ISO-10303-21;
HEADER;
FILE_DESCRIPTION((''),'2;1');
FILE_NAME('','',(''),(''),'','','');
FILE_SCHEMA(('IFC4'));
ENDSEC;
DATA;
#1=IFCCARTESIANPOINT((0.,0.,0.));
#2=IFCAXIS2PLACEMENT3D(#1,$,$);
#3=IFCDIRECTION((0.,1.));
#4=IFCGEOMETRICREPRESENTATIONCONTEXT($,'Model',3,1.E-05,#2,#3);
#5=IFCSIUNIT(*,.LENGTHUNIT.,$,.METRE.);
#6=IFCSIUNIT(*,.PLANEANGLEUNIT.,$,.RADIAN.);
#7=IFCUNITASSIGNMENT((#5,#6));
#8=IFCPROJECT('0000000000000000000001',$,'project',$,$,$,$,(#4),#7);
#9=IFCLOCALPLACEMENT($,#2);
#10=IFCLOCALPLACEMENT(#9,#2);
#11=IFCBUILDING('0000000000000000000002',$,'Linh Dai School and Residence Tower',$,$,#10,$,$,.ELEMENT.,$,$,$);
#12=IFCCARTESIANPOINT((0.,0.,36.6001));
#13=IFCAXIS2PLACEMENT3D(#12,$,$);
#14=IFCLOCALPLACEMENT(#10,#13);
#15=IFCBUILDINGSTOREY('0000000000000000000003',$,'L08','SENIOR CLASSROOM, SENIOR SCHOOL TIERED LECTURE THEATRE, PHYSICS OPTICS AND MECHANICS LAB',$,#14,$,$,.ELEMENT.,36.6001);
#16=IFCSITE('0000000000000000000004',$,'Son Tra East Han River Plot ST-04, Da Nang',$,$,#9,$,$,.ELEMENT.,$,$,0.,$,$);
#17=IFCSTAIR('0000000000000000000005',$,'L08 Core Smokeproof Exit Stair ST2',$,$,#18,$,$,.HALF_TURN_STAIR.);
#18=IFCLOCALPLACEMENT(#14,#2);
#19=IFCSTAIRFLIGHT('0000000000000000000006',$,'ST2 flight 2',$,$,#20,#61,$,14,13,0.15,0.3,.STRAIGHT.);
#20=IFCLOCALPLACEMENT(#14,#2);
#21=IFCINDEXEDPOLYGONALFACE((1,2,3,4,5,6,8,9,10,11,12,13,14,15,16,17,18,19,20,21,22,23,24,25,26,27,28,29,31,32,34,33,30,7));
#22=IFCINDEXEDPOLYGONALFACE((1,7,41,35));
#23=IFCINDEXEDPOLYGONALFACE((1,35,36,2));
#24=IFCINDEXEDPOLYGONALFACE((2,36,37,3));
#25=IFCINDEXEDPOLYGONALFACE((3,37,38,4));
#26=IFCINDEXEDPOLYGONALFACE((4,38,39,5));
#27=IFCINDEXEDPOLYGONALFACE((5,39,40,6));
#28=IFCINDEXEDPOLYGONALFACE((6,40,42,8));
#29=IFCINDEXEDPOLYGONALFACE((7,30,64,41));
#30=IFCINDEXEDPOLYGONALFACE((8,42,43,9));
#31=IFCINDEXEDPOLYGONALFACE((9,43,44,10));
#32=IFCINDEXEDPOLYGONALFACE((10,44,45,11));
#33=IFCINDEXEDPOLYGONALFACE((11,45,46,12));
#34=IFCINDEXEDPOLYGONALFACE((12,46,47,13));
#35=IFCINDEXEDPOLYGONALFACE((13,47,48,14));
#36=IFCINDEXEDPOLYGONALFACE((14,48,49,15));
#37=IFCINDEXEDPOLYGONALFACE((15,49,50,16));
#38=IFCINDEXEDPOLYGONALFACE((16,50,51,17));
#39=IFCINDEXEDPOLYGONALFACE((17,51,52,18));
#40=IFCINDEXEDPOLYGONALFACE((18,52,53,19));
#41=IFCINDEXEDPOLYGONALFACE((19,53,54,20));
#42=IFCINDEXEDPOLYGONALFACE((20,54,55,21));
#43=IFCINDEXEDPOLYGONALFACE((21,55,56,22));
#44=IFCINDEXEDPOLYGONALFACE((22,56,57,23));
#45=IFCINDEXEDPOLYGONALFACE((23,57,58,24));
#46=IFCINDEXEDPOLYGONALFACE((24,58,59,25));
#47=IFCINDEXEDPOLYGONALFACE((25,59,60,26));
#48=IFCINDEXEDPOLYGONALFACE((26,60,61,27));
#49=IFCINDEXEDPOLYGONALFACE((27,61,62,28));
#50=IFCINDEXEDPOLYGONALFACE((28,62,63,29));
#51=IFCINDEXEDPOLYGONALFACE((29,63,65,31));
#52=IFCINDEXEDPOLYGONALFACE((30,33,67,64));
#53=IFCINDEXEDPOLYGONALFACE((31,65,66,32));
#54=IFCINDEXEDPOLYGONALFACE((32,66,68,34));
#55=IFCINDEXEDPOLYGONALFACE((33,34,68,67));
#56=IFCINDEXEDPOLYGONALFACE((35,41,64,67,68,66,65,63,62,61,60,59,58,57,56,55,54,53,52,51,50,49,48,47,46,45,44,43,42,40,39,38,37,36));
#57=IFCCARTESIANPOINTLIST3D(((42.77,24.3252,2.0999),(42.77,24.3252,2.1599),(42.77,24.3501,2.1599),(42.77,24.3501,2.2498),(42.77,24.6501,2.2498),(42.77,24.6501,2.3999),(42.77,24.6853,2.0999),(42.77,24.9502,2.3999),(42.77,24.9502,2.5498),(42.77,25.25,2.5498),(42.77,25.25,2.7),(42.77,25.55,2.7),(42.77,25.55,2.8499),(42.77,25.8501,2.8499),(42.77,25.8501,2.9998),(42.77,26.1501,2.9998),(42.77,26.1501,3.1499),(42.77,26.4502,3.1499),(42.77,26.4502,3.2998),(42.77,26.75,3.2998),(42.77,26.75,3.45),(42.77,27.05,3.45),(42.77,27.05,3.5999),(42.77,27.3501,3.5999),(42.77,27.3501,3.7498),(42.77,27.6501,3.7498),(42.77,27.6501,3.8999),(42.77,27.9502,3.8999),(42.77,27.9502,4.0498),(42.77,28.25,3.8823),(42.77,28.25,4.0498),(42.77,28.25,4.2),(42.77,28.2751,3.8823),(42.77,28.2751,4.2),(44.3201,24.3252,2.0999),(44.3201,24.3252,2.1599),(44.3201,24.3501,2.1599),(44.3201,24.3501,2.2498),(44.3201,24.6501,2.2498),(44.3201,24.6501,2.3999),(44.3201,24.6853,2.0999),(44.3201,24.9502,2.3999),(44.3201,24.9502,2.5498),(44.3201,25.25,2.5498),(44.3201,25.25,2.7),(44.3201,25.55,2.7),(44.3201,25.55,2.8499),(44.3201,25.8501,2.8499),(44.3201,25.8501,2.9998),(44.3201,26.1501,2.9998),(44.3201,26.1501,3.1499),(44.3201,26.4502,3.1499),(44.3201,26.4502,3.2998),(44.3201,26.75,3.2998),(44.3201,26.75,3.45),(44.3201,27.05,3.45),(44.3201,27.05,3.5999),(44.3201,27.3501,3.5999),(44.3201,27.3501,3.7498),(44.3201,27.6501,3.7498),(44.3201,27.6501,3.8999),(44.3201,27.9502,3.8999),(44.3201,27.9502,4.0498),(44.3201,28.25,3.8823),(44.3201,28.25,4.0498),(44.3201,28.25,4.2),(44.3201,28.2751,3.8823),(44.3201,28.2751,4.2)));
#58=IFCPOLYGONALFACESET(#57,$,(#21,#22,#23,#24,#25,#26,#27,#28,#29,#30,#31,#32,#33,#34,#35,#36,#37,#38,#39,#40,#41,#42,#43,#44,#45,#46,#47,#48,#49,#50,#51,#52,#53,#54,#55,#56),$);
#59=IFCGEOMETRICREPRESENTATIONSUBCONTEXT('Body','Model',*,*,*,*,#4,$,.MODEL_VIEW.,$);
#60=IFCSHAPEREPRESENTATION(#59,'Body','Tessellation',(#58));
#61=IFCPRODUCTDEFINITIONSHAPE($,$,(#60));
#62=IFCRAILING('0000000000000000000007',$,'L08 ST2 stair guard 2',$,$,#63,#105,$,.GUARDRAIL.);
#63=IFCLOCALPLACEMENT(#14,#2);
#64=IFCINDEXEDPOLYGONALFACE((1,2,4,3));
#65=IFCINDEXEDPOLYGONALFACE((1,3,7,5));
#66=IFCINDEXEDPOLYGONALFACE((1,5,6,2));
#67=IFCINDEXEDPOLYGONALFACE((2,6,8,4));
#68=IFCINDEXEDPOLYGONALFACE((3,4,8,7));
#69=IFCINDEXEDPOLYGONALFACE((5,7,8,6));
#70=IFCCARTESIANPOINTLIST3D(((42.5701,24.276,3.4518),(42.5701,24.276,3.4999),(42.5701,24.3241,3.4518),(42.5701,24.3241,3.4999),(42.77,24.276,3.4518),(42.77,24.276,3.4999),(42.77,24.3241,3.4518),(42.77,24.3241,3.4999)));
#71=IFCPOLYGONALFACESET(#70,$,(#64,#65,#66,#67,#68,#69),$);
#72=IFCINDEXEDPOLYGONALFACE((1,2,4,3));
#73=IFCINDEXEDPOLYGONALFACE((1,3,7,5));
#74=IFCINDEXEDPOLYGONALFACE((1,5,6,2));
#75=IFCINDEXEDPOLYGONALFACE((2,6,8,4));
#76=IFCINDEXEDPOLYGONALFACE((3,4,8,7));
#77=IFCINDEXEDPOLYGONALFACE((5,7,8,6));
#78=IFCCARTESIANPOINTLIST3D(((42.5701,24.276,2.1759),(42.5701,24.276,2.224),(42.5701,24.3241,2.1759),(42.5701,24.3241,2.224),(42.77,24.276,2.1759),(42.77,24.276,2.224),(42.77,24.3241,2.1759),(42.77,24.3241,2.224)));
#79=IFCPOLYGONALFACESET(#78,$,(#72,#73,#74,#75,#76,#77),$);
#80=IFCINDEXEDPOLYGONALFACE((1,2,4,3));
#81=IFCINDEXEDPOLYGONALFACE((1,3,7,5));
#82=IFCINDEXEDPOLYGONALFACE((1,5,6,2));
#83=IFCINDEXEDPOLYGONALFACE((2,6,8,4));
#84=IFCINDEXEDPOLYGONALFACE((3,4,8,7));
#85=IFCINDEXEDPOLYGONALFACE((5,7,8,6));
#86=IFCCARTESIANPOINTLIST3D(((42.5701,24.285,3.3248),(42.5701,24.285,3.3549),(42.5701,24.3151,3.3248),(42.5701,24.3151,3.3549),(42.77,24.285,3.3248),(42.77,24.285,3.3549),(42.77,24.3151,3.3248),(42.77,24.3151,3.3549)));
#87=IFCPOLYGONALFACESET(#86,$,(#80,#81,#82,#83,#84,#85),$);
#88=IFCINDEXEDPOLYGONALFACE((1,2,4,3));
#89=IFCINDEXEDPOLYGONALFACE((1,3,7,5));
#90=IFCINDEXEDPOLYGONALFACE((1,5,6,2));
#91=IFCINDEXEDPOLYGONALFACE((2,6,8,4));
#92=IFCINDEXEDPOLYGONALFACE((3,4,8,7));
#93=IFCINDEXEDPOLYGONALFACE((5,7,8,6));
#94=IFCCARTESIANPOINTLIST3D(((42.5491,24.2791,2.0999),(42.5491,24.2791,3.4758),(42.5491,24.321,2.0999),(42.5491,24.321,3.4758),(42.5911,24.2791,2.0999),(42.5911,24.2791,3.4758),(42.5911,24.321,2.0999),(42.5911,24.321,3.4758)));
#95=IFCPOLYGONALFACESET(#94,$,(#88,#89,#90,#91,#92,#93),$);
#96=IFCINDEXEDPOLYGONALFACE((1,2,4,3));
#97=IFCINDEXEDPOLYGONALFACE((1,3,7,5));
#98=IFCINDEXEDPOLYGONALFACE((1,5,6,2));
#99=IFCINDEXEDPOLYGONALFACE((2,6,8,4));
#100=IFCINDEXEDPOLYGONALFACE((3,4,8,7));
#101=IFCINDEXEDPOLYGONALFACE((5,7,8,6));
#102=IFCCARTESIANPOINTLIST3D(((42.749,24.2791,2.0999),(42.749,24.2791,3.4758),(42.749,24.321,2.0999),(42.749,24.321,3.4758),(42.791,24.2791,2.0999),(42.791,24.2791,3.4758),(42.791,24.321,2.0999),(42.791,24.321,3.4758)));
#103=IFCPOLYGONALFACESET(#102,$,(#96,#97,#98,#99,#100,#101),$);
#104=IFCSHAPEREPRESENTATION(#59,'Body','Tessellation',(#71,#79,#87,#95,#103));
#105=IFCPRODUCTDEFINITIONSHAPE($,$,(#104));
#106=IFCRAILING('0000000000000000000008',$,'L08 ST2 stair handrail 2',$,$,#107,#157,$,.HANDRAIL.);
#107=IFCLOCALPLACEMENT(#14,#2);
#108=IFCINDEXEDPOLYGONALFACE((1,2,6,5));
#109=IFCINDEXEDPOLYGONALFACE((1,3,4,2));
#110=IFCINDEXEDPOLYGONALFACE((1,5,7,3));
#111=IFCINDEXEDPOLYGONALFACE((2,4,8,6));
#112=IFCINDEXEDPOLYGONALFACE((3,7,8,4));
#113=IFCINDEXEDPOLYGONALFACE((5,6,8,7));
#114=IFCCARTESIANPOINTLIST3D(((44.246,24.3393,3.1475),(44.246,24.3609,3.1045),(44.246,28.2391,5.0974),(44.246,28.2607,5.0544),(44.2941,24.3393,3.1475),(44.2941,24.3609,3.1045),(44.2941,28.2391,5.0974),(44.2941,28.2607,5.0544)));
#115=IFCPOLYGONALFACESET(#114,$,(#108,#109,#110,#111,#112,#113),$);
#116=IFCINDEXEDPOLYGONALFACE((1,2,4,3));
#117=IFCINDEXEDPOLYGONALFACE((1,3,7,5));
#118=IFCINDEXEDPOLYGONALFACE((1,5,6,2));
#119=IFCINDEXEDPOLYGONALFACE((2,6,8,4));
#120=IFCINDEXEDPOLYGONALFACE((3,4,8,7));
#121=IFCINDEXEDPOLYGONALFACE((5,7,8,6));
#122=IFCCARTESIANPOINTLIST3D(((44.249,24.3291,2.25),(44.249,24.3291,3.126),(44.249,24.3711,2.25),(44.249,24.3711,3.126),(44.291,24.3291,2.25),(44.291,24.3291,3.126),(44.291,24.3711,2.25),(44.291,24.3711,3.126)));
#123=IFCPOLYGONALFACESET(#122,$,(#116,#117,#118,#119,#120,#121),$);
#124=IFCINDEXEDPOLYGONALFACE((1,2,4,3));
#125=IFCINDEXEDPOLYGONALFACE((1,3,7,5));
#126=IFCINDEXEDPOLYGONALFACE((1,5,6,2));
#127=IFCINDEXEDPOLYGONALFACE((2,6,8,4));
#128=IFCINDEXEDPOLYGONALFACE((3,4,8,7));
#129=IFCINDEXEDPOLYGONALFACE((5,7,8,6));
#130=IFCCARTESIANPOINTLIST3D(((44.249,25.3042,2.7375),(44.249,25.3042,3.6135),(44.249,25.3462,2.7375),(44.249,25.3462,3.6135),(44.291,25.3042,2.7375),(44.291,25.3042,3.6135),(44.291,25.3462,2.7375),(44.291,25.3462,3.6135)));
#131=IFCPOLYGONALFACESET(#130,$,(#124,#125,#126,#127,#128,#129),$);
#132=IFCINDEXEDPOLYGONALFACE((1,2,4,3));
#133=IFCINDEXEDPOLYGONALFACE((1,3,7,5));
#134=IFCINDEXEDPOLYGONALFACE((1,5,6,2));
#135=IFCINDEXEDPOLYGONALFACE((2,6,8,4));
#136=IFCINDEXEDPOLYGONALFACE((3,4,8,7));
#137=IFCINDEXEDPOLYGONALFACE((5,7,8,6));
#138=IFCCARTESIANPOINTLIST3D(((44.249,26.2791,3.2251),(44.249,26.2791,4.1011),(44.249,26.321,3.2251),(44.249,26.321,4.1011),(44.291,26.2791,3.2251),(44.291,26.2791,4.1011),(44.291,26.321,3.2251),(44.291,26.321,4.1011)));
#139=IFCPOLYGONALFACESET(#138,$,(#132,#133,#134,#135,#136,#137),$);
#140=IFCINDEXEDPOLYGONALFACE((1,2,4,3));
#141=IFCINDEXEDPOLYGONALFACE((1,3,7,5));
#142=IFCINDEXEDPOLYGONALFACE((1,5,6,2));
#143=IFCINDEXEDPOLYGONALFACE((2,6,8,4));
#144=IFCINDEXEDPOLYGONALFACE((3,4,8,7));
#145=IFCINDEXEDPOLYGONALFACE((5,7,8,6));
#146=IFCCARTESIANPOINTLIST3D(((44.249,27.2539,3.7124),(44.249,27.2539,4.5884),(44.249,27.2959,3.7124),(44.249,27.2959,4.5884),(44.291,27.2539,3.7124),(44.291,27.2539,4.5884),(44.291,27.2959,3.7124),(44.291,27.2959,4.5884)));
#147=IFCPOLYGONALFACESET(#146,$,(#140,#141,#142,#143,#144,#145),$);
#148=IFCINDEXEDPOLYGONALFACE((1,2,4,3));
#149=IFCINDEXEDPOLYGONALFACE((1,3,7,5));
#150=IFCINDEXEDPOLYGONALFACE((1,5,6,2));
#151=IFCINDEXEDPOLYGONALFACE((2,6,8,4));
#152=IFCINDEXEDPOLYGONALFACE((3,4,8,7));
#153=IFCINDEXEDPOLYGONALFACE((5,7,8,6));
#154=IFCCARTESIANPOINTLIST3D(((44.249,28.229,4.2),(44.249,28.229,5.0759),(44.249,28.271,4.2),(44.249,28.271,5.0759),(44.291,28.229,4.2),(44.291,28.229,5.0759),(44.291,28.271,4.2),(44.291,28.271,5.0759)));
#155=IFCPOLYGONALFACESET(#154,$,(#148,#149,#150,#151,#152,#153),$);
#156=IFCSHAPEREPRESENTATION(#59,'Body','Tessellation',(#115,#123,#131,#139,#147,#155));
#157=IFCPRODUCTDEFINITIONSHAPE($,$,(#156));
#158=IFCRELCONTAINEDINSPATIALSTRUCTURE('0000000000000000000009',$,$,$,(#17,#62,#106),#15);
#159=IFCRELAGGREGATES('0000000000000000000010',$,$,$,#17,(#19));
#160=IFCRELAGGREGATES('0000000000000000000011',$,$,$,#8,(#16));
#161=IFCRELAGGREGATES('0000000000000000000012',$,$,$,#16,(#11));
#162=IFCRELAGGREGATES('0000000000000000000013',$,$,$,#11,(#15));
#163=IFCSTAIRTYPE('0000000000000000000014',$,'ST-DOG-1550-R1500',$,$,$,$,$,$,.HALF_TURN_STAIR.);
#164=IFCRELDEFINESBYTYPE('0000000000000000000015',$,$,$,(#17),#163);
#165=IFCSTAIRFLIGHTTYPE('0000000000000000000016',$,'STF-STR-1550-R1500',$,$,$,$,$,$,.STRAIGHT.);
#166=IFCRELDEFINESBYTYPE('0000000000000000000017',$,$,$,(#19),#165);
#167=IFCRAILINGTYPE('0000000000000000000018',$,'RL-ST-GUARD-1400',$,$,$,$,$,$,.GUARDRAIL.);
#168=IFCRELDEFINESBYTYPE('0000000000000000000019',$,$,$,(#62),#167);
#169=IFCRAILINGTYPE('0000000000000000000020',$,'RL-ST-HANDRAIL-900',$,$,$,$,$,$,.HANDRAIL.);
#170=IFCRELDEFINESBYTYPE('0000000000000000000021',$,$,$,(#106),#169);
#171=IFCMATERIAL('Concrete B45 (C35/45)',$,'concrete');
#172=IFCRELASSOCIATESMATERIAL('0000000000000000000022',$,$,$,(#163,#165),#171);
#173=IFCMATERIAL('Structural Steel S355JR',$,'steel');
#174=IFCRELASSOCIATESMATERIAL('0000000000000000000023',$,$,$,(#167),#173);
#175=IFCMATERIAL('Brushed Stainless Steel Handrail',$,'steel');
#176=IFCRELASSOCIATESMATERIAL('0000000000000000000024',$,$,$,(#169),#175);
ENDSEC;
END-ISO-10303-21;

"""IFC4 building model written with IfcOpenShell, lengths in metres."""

from ifc_helpers import new_model, si_unit, direction, frame, origin, origin_2d, place, context, subcontext, project, spatial, polyline, rectangle, outline, extrude, source, transform, mapped, material, type_object, element, aggregate, save


model = new_model("IFC4")

# Units and contexts
model_context = context("Model", 3, precision=1e-05, world=origin(), true_north=direction((0.0, 1.0)))
body_context = subcontext(model_context, "Body", "Model", "MODEL_VIEW")
ifc_project = project(units=[si_unit("LENGTHUNIT", "METRE"), si_unit("PLANEANGLEUNIT", "RADIAN")], contexts=[model_context])

# Site, building, storey
site_placement = place(None, origin())
site = spatial("IfcSite", under=ifc_project, at=site_placement, Name="Son Tra East Han River Plot ST-04, Da Nang", CompositionType="ELEMENT", RefElevation=0.0)
building_placement = place(site_placement, origin())
building = spatial("IfcBuilding", under=site, at=building_placement, Name="Linh Dai School and Residence Tower", CompositionType="ELEMENT")
storey_placement = place(building_placement, frame((0.0, 0.0, 36.6001)))
storey = spatial("IfcBuildingStorey", under=building, at=storey_placement, Name="L08", Description="SENIOR CLASSROOM, SENIOR SCHOOL TIERED LECTURE THEATRE, PHYSICS OPTICS AND MECHANICS LAB", CompositionType="ELEMENT", Elevation=36.6001)

# Shared definitions
ifc_material_1 = material(Name="Structural Steel S355JR", Category="steel")

# Shared definitions
ifc_material_2 = material(Name="Concrete B45 (C35/45)", Category="concrete")

# Stair, stair flight
stair_type = type_object("IfcStairType", Name="ST-DOG-1550-R1500", PredefinedType="HALF_TURN_STAIR", material=ifc_material_2)
stair_placement = place(storey_placement, origin())
stair = element("IfcStair", 1, at=stair_placement, inside=storey, type_object=stair_type, Name="L08 Core Smokeproof Exit Stair ST2", PredefinedType="HALF_TURN_STAIR")
stair_flight_type = type_object("IfcStairFlightType", Name="STF-STR-1550-R1500", PredefinedType="STRAIGHT", material=ifc_material_2)
shared_shape_1 = source(origin(), body_context, "Body", "SweptSolid", [
    extrude(outline(polyline([(-0.0249, 0.0), (-0.0249, 0.0601), (0.0, 0.0601), (0.0, 0.1499), (0.3, 0.1499), (0.3, 0.3), (0.6001, 0.3), (0.6001, 0.45), (0.8999, 0.45), (0.8999, 0.6001), (1.2, 0.6001), (1.2, 0.75), (1.5, 0.75), (1.5, 0.8999), (1.8, 0.8999), (1.8, 1.05), (2.1001, 1.05), (2.1001, 1.2), (2.3999, 1.2), (2.3999, 1.3501), (2.7, 1.3501), (2.7, 1.5), (3.0, 1.5), (3.0, 1.6499), (3.3, 1.6499), (3.3, 1.8), (3.6001, 1.8), (3.6001, 1.95), (3.8999, 1.95), (3.8999, 2.1001), (3.925, 2.1001), (3.925, 1.7825), (3.8999, 1.7825), (0.3352, 0.0), (-0.0249, 0.0)])), frame((0.0, 0.7749, 0.0), z_axis=(0.0, -1.0, 0.0), x_axis=(1.0, 0.0, 0.0)), (0.0, 0.0, 1.0), 1.55),
])
stair_flight_placement = place(storey_placement, frame((43.5449, 24.3501, 2.0999), z_axis=(0.0, 0.0, 1.0), x_axis=(0.0, 1.0, 0.0)))
stair_flight = element("IfcStairFlight", 2, at=stair_flight_placement, type_object=stair_flight_type, Name="ST2 flight 2", NumberOfRisers=14, NumberOfTreads=13, PredefinedType="STRAIGHT", RiserHeight=0.15, TreadLength=0.3, context=body_context, shape_type="MappedRepresentation", body=[
    mapped(shared_shape_1, transform((0.0, 0.0, 0.0), x_axis=(1.0, 0.0, 0.0), y_axis=(0.0, 1.0, 0.0), z_axis=(0.0, 0.0, 1.0), scale=1.0)),
])
aggregate(stair, [stair_flight])

# Railings
railing_type_1 = type_object("IfcRailingType", Name="RL-ST-GUARD-1400", PredefinedType="GUARDRAIL", material=ifc_material_1)
shared_shape_2 = source(origin(), body_context, "Body", "SweptSolid", [
    extrude(rectangle(XDim=0.0481, YDim=0.0481, at=origin_2d()), frame((0.0, 0.0, 1.376), z_axis=(1.0, 0.0, 0.0), x_axis=(0.0, 1.0, 0.0)), (0.0, 0.0, 1.0), 0.2),
    extrude(rectangle(XDim=0.0481, YDim=0.0481, at=origin_2d()), frame((0.0, 0.0, 0.1001), z_axis=(1.0, 0.0, 0.0), x_axis=(0.0, 1.0, 0.0)), (0.0, 0.0, 1.0), 0.2),
    extrude(rectangle(XDim=0.03, YDim=0.03, at=origin_2d()), frame((0.0, 0.0, 1.24), z_axis=(1.0, 0.0, 0.0), x_axis=(0.0, 1.0, 0.0)), (0.0, 0.0, 1.0), 0.2),
    extrude(rectangle(XDim=0.042, YDim=0.042, at=origin_2d()), origin(), (0.0, 0.0, 1.0), 1.376),
    extrude(rectangle(XDim=0.042, YDim=0.042, at=origin_2d()), frame((0.2, 0.0, 0.0)), (0.0, 0.0, 1.0), 1.376),
])
railing_1_placement = place(storey_placement, frame((42.5701, 24.3, 2.0999)))
element("IfcRailing", 3, at=railing_1_placement, inside=storey, type_object=railing_type_1, Name="L08 ST2 stair guard 2", PredefinedType="GUARDRAIL", context=body_context, shape_type="MappedRepresentation", body=[
    mapped(shared_shape_2, transform((0.0, 0.0, 0.0), x_axis=(1.0, 0.0, 0.0), y_axis=(0.0, 1.0, 0.0), z_axis=(0.0, 0.0, 1.0), scale=1.0)),
])
ifc_material_3 = material(Name="Brushed Stainless Steel Handrail", Category="steel")
railing_type_2 = type_object("IfcRailingType", Name="RL-ST-HANDRAIL-900", PredefinedType="HANDRAIL", material=ifc_material_3)
shared_shape_3 = source(origin(), body_context, "Body", "SweptSolid", [
    extrude(rectangle(XDim=0.0481, YDim=0.0481, at=origin_2d()), frame((0.0, 0.0, 0.876), z_axis=(0.0, 0.894427, 0.447214), x_axis=(-1.0, 0.0, 0.0)), (0.0, 0.0, 1.0), 4.3601),
    extrude(rectangle(XDim=0.042, YDim=0.042, at=origin_2d()), origin(), (0.0, 0.0, 1.0), 0.876),
    extrude(rectangle(XDim=0.042, YDim=0.042, at=origin_2d()), frame((0.0, 0.9751, 0.4875)), (0.0, 0.0, 1.0), 0.876),
    extrude(rectangle(XDim=0.042, YDim=0.042, at=origin_2d()), frame((0.0, 1.95, 0.9751)), (0.0, 0.0, 1.0), 0.876),
    extrude(rectangle(XDim=0.042, YDim=0.042, at=origin_2d()), frame((0.0, 2.9248, 1.4624)), (0.0, 0.0, 1.0), 0.876),
    extrude(rectangle(XDim=0.042, YDim=0.042, at=origin_2d()), frame((0.0, 3.8999, 1.95)), (0.0, 0.0, 1.0), 0.876),
])
railing_2_placement = place(storey_placement, frame((44.27, 24.3501, 2.25)))
element("IfcRailing", 4, at=railing_2_placement, inside=storey, type_object=railing_type_2, Name="L08 ST2 stair handrail 2", PredefinedType="HANDRAIL", context=body_context, shape_type="MappedRepresentation", body=[
    mapped(shared_shape_3, transform((0.0, 0.0, 0.0), x_axis=(1.0, 0.0, 0.0), y_axis=(0.0, 1.0, 0.0), z_axis=(0.0, 0.0, 1.0), scale=1.0)),
])

save(model, "model.ifc")
